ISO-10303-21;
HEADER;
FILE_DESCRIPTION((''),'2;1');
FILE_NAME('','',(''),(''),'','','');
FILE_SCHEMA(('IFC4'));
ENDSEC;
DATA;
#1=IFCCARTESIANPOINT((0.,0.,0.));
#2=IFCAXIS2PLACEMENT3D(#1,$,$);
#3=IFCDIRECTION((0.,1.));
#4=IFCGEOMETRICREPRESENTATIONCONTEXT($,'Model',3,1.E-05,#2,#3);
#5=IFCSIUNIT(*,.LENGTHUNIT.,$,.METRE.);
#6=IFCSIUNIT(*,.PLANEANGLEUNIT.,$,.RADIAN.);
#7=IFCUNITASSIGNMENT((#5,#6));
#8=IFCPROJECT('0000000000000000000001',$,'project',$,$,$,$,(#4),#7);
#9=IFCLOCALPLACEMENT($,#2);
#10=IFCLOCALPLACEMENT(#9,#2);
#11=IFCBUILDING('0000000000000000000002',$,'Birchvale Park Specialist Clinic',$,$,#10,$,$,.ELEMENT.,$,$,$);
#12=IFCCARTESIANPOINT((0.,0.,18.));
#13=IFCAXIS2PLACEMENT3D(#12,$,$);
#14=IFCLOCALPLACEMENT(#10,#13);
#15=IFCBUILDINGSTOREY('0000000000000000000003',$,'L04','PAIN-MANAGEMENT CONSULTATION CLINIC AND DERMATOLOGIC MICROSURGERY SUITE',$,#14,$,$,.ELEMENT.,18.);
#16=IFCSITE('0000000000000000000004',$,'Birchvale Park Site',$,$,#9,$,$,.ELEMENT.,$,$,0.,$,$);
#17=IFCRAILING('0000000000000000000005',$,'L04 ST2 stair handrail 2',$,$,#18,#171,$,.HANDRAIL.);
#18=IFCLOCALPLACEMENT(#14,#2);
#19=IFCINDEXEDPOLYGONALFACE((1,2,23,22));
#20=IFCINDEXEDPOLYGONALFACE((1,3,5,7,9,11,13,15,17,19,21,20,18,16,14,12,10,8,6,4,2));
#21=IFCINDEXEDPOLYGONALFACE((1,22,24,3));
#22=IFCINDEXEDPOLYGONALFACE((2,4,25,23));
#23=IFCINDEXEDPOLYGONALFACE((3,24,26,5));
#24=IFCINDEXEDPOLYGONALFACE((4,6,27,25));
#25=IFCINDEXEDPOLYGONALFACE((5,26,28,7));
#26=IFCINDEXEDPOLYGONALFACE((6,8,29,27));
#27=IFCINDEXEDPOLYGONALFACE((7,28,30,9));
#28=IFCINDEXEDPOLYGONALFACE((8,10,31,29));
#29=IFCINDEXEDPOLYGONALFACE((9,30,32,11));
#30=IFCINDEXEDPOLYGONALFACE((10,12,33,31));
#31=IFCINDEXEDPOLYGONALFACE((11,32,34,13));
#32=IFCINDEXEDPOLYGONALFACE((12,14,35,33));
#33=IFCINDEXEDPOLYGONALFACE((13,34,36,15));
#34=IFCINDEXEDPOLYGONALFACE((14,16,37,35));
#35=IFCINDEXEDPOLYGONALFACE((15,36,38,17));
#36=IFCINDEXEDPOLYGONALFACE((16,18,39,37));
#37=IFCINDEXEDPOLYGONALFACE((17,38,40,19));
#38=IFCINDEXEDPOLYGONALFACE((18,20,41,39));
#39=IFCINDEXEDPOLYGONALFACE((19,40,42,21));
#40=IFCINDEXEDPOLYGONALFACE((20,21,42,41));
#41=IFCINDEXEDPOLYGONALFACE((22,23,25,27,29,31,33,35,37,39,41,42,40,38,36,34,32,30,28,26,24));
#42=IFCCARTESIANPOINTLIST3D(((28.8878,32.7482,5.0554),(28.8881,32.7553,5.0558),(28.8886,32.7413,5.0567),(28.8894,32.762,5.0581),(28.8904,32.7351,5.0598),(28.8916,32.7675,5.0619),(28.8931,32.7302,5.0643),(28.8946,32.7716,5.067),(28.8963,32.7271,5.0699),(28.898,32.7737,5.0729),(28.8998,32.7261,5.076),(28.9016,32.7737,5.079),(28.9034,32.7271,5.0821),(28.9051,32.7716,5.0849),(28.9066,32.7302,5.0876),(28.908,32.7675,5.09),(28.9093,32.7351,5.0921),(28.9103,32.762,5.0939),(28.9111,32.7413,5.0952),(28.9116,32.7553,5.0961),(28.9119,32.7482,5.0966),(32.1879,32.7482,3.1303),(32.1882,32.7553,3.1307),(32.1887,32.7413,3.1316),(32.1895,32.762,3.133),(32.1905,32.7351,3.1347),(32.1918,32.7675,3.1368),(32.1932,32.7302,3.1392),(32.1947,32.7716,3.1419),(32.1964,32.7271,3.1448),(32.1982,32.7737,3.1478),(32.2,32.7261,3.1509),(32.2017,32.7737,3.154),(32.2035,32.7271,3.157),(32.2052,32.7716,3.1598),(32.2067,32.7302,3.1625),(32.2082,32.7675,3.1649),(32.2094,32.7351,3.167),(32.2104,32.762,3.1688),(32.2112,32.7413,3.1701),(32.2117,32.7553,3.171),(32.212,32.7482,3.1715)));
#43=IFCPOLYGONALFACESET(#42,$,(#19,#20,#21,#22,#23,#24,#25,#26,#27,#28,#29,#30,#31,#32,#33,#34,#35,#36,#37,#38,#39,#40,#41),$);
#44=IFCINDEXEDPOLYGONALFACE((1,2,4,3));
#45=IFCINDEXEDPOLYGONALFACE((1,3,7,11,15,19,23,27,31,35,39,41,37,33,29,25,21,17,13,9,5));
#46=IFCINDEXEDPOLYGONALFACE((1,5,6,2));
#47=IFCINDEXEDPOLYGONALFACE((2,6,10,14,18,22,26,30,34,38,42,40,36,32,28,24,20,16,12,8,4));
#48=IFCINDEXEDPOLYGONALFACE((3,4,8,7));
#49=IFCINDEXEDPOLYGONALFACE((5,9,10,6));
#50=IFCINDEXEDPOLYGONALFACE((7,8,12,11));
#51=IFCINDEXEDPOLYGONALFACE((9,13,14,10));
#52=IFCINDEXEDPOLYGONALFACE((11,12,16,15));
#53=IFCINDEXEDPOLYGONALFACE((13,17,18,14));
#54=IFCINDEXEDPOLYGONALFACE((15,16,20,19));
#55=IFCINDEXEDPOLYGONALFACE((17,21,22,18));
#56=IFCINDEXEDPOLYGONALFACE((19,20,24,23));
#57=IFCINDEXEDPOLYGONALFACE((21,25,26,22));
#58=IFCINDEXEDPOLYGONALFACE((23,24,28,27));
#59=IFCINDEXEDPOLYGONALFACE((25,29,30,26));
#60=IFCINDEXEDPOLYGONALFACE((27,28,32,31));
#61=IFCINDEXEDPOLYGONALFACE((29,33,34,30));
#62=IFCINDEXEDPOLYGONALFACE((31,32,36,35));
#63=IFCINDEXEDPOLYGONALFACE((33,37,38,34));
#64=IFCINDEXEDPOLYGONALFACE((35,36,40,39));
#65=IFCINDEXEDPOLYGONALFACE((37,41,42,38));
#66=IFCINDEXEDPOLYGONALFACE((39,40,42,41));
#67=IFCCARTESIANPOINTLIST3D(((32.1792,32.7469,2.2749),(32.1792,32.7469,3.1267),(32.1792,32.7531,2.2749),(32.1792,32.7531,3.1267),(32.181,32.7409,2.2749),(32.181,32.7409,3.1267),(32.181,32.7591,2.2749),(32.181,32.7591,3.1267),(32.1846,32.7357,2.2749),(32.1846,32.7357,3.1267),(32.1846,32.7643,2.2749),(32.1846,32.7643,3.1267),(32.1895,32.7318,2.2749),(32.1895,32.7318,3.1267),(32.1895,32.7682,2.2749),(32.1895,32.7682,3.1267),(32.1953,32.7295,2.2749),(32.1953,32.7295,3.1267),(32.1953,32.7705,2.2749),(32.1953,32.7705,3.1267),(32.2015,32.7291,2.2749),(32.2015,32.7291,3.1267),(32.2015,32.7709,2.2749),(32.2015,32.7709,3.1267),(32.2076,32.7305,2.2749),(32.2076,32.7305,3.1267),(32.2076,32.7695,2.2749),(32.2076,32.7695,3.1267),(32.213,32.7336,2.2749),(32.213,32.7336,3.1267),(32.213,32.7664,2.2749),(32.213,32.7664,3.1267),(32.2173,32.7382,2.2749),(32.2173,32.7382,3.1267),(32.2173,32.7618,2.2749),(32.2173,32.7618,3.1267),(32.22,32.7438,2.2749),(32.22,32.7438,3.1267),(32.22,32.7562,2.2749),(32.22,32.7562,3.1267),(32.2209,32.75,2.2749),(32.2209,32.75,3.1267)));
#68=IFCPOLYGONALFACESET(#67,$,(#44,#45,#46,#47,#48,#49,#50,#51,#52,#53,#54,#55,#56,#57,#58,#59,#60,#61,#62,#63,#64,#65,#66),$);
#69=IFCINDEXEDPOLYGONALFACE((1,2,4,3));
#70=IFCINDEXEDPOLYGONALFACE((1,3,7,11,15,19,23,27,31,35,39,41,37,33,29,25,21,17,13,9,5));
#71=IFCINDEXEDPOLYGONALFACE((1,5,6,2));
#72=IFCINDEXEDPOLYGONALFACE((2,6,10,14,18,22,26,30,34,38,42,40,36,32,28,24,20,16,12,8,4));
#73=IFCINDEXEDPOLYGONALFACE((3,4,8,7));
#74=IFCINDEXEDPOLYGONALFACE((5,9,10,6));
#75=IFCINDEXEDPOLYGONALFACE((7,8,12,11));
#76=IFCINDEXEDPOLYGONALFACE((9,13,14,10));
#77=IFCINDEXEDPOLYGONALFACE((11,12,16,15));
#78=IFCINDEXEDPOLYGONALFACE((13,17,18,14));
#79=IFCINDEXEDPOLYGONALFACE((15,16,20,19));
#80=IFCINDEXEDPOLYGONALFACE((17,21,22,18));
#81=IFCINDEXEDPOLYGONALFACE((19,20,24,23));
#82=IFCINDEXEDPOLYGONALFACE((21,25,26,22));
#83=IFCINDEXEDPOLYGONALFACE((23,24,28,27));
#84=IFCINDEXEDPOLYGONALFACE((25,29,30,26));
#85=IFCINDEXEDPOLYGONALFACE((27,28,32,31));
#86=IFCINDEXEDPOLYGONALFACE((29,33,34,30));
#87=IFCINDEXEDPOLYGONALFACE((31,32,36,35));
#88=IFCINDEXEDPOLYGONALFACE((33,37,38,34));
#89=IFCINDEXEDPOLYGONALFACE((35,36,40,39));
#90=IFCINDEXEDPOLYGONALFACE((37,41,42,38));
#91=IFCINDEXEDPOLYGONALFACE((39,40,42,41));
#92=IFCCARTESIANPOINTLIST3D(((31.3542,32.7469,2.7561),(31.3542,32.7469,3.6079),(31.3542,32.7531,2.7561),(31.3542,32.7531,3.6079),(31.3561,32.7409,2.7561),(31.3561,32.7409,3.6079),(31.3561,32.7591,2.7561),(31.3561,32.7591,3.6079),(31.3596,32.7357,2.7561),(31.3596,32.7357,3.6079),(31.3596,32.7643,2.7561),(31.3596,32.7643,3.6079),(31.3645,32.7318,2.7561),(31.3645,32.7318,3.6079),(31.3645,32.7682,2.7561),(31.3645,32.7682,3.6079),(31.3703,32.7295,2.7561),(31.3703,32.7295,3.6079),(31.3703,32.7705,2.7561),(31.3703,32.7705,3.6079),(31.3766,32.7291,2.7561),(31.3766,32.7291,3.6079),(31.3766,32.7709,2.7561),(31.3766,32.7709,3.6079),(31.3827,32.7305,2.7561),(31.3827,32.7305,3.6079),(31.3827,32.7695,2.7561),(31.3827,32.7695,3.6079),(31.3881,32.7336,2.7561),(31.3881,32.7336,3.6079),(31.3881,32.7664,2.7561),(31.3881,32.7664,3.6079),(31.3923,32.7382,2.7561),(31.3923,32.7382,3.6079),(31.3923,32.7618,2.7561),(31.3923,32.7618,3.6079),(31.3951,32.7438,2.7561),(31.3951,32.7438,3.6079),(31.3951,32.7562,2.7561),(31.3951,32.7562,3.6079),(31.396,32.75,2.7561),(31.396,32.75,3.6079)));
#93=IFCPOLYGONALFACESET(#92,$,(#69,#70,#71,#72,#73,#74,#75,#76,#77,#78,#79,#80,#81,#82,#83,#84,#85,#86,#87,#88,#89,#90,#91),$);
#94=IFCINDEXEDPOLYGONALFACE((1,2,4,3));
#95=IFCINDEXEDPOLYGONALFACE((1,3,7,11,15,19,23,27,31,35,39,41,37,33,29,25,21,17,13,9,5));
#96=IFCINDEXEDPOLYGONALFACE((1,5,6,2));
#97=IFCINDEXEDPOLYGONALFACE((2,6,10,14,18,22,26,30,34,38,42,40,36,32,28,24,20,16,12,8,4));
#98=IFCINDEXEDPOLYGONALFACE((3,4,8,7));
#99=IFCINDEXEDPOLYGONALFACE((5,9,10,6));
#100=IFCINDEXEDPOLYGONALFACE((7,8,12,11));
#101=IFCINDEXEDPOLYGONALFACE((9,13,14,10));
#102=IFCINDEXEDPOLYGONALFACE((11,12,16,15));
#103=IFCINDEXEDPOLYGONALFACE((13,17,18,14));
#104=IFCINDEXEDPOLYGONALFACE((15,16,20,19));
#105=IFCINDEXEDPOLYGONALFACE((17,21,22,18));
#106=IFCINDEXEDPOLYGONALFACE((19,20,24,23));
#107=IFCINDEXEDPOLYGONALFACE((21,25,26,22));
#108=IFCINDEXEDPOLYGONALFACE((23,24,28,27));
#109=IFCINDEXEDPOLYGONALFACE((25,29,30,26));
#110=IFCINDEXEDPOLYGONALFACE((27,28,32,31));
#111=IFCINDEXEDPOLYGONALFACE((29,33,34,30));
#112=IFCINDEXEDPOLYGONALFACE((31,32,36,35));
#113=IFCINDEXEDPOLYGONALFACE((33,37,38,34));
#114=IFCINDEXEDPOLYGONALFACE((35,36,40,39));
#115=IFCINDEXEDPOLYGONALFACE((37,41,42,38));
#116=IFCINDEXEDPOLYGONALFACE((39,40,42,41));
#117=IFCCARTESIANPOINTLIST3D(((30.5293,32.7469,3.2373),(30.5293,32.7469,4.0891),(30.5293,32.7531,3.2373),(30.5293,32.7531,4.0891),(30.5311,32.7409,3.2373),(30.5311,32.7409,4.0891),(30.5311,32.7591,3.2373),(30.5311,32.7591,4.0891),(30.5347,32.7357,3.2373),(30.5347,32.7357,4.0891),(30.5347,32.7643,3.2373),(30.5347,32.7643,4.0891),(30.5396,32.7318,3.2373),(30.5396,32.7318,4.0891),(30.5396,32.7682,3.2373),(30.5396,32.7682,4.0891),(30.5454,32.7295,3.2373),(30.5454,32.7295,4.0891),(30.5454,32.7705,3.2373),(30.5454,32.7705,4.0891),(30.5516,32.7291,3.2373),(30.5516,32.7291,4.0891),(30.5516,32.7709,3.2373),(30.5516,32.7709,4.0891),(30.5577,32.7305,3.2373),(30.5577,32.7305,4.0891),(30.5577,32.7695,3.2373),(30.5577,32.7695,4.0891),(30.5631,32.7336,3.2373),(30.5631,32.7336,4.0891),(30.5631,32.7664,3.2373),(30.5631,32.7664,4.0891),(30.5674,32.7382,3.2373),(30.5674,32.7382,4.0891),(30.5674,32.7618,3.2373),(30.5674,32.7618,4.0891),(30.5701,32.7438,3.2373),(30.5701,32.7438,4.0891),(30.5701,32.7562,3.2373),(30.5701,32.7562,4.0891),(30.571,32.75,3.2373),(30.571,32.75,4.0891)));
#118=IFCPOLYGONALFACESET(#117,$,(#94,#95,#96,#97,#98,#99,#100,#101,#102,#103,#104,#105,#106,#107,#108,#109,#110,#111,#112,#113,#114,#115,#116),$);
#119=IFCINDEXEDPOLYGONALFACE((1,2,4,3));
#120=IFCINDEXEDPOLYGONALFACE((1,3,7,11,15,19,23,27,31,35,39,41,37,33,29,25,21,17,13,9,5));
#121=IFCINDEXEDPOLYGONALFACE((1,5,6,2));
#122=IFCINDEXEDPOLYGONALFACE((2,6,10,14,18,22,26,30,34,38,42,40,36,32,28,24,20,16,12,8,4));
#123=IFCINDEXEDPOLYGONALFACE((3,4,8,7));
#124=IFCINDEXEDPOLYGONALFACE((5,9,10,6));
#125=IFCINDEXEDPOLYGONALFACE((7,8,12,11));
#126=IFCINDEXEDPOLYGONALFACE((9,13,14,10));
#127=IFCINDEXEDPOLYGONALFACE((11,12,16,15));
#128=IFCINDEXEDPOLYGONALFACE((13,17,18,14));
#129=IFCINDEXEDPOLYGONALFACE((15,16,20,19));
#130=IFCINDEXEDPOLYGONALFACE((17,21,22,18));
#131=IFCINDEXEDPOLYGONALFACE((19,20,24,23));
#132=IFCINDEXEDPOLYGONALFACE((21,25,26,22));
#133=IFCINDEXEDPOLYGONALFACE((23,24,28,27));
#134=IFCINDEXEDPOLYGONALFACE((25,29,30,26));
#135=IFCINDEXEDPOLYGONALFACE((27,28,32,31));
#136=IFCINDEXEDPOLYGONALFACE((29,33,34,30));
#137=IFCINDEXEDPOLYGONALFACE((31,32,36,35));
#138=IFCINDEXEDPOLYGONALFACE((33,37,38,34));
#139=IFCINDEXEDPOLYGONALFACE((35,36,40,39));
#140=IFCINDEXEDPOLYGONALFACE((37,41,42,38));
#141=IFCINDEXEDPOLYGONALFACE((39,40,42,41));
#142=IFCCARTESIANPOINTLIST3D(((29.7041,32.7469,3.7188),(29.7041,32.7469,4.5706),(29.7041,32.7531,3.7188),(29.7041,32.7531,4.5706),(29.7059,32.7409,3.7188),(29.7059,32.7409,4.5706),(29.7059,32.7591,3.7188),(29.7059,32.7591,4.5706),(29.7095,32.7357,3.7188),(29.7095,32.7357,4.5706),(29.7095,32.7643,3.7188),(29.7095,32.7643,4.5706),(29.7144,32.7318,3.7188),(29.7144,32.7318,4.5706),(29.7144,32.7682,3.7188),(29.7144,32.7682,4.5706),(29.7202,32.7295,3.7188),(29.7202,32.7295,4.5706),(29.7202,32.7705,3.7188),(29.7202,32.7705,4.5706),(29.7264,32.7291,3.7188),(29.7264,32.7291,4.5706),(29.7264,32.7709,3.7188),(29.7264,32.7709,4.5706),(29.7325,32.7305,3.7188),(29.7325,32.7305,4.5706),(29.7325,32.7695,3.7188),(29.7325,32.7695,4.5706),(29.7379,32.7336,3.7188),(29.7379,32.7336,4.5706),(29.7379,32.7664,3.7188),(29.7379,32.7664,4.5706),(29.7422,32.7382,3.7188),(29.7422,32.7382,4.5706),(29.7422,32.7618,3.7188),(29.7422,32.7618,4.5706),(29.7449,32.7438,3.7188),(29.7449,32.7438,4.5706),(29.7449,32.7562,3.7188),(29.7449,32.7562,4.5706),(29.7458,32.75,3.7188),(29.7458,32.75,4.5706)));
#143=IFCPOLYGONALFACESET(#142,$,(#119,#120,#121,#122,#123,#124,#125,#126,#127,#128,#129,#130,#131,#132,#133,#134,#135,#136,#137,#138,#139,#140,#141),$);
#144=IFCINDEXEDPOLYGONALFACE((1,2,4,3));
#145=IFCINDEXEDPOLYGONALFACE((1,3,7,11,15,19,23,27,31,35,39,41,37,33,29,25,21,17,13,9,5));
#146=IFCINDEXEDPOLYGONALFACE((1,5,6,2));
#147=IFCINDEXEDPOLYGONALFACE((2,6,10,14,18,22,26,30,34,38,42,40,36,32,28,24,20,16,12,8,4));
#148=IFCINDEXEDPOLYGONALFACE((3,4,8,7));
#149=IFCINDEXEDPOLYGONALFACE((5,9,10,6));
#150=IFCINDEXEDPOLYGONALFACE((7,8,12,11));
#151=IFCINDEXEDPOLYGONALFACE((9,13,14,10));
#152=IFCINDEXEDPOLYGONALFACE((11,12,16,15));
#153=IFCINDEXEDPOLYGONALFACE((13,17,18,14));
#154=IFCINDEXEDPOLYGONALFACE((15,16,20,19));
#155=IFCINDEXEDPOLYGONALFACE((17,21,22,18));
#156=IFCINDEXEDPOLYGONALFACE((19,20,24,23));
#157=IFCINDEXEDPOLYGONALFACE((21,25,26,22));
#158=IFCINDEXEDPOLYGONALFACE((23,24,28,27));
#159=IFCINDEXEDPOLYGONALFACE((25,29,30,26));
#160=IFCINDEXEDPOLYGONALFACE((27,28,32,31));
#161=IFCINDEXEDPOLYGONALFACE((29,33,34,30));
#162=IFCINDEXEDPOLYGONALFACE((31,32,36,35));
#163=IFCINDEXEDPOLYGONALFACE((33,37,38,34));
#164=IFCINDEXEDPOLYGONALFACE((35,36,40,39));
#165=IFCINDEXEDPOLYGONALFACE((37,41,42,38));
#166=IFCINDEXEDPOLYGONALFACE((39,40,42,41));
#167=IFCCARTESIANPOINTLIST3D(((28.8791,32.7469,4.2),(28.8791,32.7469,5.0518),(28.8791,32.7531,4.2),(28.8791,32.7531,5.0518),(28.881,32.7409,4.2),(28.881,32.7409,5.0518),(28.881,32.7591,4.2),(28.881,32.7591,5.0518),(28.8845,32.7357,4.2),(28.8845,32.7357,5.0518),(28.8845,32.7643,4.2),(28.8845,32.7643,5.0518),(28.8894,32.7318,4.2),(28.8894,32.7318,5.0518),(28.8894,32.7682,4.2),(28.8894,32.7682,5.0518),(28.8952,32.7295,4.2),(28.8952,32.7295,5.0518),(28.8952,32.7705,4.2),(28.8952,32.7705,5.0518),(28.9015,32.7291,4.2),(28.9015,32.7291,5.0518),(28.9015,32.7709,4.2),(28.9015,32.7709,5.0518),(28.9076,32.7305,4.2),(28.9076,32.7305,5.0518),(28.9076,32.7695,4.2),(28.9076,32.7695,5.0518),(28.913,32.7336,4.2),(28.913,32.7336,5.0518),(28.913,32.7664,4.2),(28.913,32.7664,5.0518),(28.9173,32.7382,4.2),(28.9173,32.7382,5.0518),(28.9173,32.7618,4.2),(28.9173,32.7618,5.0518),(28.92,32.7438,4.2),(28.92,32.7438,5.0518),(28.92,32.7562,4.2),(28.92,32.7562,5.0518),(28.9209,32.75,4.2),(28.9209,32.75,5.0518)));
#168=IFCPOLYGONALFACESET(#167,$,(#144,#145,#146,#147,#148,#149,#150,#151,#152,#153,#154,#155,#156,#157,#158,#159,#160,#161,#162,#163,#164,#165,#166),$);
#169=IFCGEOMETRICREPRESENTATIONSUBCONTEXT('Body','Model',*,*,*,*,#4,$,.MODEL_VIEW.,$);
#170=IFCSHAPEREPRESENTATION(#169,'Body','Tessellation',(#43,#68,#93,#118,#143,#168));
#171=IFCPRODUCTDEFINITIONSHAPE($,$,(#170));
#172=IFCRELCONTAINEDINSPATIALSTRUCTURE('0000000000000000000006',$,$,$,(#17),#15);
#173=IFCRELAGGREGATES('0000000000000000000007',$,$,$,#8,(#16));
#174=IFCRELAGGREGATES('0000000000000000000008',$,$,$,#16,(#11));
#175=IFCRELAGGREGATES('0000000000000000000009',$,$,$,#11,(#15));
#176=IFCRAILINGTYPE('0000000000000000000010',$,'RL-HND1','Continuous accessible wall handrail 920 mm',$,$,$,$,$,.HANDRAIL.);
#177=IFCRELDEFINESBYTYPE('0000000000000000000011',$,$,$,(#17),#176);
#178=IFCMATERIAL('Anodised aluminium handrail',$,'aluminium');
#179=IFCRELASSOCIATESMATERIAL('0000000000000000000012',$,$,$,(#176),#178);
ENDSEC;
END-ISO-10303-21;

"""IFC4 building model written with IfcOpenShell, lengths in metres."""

from ifc_helpers import new_model, si_unit, direction, frame, origin, origin_2d, place, context, subcontext, project, spatial, circle, extrude, material, type_object, element, save


model = new_model("IFC4")

# Units and contexts
model_context = context("Model", 3, precision=1e-05, world=origin(), true_north=direction((0.0, 1.0)))
body_context = subcontext(model_context, "Body", "Model", "MODEL_VIEW")
ifc_project = project(units=[si_unit("LENGTHUNIT", "METRE"), si_unit("PLANEANGLEUNIT", "RADIAN")], contexts=[model_context])

# Site, building, storey
site_placement = place(None, origin())
site = spatial("IfcSite", under=ifc_project, at=site_placement, Name="Birchvale Park Site", CompositionType="ELEMENT", RefElevation=0.0)
building_placement = place(site_placement, origin())
building = spatial("IfcBuilding", under=site, at=building_placement, Name="Birchvale Park Specialist Clinic", CompositionType="ELEMENT")
storey_placement = place(building_placement, frame((0.0, 0.0, 18.0)))
storey = spatial("IfcBuildingStorey", under=building, at=storey_placement, Name="L04", Description="PAIN-MANAGEMENT CONSULTATION CLINIC AND DERMATOLOGIC MICROSURGERY SUITE", CompositionType="ELEMENT", Elevation=18.0)

# Railing
ifc_material_1 = material(Name="Anodised aluminium handrail", Category="aluminium")
railing_type_1 = type_object("IfcRailingType", Name="RL-HND1", Description="Continuous accessible wall handrail 920 mm", PredefinedType="HANDRAIL", material=ifc_material_1)
railing_1_placement = place(storey_placement, frame((32.2, 32.75, 2.2749)))
element("IfcRailing", 1, at=railing_1_placement, inside=storey, type_object=railing_type_1, Name="L04 ST2 stair handrail 2", PredefinedType="HANDRAIL", context=body_context, shape_type="SweptSolid", body=[
    extrude(circle(Radius=0.0239, at=origin_2d()), frame((0.0, 0.0, 0.876), z_axis=(-0.863777, 0.0, 0.503875), x_axis=(0.0, -1.0, 0.0)), (0.0, 0.0, 1.0), 3.8206),
    extrude(circle(Radius=0.021, at=origin_2d()), origin(), (0.0, 0.0, 1.0), 0.8518),
    extrude(circle(Radius=0.021, at=origin_2d()), frame((-0.825, 0.0, 0.4812)), (0.0, 0.0, 1.0), 0.8518),
    extrude(circle(Radius=0.021, at=origin_2d()), frame((-1.6499, 0.0, 0.9624)), (0.0, 0.0, 1.0), 0.8518),
    extrude(circle(Radius=0.021, at=origin_2d()), frame((-2.4751, 0.0, 1.4438)), (0.0, 0.0, 1.0), 0.8518),
    extrude(circle(Radius=0.021, at=origin_2d()), frame((-3.3, 0.0, 1.925)), (0.0, 0.0, 1.0), 0.8518),
])

save(model, "model.ifc")
